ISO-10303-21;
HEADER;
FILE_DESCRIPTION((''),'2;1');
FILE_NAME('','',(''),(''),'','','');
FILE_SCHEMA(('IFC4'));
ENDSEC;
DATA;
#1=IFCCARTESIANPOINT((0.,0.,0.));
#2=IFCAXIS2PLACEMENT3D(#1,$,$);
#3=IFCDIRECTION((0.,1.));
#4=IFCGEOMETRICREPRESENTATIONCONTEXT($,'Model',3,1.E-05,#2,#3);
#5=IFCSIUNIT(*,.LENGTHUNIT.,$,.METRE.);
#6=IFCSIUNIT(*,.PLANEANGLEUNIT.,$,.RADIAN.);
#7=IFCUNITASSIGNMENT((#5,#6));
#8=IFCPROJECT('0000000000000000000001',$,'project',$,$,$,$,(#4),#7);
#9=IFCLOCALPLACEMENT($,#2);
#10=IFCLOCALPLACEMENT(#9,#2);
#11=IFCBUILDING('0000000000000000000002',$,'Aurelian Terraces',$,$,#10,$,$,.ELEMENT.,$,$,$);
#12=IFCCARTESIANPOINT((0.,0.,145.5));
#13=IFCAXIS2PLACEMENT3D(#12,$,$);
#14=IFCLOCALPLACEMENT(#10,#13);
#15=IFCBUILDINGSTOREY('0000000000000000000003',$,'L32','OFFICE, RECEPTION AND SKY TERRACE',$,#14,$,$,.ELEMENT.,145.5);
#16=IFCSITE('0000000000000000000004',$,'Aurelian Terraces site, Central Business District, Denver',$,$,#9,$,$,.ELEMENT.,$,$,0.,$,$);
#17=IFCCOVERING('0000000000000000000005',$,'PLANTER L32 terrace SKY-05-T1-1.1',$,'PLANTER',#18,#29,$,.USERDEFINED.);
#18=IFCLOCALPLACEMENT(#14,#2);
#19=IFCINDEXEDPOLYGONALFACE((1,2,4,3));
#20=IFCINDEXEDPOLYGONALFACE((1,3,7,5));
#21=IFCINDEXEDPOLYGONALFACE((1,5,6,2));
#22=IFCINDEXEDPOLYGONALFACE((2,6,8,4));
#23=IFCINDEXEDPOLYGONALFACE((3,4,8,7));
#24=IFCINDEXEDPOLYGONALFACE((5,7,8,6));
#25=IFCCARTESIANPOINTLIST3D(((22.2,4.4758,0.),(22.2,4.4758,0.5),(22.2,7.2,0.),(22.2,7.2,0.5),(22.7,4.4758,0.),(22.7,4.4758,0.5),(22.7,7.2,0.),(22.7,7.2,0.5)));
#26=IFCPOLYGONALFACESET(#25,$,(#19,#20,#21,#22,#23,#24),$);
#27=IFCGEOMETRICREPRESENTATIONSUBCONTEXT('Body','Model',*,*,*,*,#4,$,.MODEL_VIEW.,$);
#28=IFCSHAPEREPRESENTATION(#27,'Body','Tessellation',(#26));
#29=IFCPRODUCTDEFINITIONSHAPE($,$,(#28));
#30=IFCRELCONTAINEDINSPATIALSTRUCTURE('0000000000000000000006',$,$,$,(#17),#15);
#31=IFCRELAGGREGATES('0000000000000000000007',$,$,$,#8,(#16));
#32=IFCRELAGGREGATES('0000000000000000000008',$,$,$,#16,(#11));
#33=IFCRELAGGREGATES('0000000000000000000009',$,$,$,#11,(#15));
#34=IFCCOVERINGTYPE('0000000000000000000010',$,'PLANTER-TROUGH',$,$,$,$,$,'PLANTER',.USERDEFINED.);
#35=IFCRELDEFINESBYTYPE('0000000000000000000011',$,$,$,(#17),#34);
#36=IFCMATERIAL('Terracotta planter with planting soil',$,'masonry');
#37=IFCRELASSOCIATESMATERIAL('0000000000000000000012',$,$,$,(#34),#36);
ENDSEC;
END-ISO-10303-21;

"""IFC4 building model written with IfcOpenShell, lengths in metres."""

from ifc_helpers import new_model, si_unit, direction, frame, origin, origin_2d, place, context, subcontext, project, spatial, rectangle, extrude, source, transform, mapped, material, type_object, element, save


model = new_model("IFC4")

# Units and contexts
model_context = context("Model", 3, precision=1e-05, world=origin(), true_north=direction((0.0, 1.0)))
body_context = subcontext(model_context, "Body", "Model", "MODEL_VIEW")
ifc_project = project(units=[si_unit("LENGTHUNIT", "METRE"), si_unit("PLANEANGLEUNIT", "RADIAN")], contexts=[model_context])

# Site, building, storey
site_placement = place(None, origin())
site = spatial("IfcSite", under=ifc_project, at=site_placement, Name="Aurelian Terraces site, Central Business District, Denver", CompositionType="ELEMENT", RefElevation=0.0)
building_placement = place(site_placement, origin())
building = spatial("IfcBuilding", under=site, at=building_placement, Name="Aurelian Terraces", CompositionType="ELEMENT")
storey_placement = place(building_placement, frame((0.0, 0.0, 145.5)))
storey = spatial("IfcBuildingStorey", under=building, at=storey_placement, Name="L32", Description="OFFICE, RECEPTION AND SKY TERRACE", CompositionType="ELEMENT", Elevation=145.5)

# Covering
ifc_material_1 = material(Name="Terracotta planter with planting soil", Category="masonry")
covering_type = type_object("IfcCoveringType", Name="PLANTER-TROUGH", ElementType="PLANTER", PredefinedType="USERDEFINED", material=ifc_material_1)
shared_shape_1 = source(origin(), body_context, "Body", "SweptSolid", [
    extrude(rectangle(XDim=0.5, YDim=2.7242, at=origin_2d()), origin(), (0.0, 0.0, 1.0), 0.5),
])
covering_1_placement = place(storey_placement, frame((22.45, 5.8379, 0.0), z_axis=(0.0, 0.0, 1.0), x_axis=(1.0, 0.0, 0.0)))
element("IfcCovering", 1, at=covering_1_placement, inside=storey, type_object=covering_type, Name="PLANTER L32 terrace SKY-05-T1-1.1", ObjectType="PLANTER", PredefinedType="USERDEFINED", context=body_context, shape_type="MappedRepresentation", body=[
    mapped(shared_shape_1, transform((0.0, 0.0, 0.0), scale=1.0)),
])

save(model, "model.ifc")
